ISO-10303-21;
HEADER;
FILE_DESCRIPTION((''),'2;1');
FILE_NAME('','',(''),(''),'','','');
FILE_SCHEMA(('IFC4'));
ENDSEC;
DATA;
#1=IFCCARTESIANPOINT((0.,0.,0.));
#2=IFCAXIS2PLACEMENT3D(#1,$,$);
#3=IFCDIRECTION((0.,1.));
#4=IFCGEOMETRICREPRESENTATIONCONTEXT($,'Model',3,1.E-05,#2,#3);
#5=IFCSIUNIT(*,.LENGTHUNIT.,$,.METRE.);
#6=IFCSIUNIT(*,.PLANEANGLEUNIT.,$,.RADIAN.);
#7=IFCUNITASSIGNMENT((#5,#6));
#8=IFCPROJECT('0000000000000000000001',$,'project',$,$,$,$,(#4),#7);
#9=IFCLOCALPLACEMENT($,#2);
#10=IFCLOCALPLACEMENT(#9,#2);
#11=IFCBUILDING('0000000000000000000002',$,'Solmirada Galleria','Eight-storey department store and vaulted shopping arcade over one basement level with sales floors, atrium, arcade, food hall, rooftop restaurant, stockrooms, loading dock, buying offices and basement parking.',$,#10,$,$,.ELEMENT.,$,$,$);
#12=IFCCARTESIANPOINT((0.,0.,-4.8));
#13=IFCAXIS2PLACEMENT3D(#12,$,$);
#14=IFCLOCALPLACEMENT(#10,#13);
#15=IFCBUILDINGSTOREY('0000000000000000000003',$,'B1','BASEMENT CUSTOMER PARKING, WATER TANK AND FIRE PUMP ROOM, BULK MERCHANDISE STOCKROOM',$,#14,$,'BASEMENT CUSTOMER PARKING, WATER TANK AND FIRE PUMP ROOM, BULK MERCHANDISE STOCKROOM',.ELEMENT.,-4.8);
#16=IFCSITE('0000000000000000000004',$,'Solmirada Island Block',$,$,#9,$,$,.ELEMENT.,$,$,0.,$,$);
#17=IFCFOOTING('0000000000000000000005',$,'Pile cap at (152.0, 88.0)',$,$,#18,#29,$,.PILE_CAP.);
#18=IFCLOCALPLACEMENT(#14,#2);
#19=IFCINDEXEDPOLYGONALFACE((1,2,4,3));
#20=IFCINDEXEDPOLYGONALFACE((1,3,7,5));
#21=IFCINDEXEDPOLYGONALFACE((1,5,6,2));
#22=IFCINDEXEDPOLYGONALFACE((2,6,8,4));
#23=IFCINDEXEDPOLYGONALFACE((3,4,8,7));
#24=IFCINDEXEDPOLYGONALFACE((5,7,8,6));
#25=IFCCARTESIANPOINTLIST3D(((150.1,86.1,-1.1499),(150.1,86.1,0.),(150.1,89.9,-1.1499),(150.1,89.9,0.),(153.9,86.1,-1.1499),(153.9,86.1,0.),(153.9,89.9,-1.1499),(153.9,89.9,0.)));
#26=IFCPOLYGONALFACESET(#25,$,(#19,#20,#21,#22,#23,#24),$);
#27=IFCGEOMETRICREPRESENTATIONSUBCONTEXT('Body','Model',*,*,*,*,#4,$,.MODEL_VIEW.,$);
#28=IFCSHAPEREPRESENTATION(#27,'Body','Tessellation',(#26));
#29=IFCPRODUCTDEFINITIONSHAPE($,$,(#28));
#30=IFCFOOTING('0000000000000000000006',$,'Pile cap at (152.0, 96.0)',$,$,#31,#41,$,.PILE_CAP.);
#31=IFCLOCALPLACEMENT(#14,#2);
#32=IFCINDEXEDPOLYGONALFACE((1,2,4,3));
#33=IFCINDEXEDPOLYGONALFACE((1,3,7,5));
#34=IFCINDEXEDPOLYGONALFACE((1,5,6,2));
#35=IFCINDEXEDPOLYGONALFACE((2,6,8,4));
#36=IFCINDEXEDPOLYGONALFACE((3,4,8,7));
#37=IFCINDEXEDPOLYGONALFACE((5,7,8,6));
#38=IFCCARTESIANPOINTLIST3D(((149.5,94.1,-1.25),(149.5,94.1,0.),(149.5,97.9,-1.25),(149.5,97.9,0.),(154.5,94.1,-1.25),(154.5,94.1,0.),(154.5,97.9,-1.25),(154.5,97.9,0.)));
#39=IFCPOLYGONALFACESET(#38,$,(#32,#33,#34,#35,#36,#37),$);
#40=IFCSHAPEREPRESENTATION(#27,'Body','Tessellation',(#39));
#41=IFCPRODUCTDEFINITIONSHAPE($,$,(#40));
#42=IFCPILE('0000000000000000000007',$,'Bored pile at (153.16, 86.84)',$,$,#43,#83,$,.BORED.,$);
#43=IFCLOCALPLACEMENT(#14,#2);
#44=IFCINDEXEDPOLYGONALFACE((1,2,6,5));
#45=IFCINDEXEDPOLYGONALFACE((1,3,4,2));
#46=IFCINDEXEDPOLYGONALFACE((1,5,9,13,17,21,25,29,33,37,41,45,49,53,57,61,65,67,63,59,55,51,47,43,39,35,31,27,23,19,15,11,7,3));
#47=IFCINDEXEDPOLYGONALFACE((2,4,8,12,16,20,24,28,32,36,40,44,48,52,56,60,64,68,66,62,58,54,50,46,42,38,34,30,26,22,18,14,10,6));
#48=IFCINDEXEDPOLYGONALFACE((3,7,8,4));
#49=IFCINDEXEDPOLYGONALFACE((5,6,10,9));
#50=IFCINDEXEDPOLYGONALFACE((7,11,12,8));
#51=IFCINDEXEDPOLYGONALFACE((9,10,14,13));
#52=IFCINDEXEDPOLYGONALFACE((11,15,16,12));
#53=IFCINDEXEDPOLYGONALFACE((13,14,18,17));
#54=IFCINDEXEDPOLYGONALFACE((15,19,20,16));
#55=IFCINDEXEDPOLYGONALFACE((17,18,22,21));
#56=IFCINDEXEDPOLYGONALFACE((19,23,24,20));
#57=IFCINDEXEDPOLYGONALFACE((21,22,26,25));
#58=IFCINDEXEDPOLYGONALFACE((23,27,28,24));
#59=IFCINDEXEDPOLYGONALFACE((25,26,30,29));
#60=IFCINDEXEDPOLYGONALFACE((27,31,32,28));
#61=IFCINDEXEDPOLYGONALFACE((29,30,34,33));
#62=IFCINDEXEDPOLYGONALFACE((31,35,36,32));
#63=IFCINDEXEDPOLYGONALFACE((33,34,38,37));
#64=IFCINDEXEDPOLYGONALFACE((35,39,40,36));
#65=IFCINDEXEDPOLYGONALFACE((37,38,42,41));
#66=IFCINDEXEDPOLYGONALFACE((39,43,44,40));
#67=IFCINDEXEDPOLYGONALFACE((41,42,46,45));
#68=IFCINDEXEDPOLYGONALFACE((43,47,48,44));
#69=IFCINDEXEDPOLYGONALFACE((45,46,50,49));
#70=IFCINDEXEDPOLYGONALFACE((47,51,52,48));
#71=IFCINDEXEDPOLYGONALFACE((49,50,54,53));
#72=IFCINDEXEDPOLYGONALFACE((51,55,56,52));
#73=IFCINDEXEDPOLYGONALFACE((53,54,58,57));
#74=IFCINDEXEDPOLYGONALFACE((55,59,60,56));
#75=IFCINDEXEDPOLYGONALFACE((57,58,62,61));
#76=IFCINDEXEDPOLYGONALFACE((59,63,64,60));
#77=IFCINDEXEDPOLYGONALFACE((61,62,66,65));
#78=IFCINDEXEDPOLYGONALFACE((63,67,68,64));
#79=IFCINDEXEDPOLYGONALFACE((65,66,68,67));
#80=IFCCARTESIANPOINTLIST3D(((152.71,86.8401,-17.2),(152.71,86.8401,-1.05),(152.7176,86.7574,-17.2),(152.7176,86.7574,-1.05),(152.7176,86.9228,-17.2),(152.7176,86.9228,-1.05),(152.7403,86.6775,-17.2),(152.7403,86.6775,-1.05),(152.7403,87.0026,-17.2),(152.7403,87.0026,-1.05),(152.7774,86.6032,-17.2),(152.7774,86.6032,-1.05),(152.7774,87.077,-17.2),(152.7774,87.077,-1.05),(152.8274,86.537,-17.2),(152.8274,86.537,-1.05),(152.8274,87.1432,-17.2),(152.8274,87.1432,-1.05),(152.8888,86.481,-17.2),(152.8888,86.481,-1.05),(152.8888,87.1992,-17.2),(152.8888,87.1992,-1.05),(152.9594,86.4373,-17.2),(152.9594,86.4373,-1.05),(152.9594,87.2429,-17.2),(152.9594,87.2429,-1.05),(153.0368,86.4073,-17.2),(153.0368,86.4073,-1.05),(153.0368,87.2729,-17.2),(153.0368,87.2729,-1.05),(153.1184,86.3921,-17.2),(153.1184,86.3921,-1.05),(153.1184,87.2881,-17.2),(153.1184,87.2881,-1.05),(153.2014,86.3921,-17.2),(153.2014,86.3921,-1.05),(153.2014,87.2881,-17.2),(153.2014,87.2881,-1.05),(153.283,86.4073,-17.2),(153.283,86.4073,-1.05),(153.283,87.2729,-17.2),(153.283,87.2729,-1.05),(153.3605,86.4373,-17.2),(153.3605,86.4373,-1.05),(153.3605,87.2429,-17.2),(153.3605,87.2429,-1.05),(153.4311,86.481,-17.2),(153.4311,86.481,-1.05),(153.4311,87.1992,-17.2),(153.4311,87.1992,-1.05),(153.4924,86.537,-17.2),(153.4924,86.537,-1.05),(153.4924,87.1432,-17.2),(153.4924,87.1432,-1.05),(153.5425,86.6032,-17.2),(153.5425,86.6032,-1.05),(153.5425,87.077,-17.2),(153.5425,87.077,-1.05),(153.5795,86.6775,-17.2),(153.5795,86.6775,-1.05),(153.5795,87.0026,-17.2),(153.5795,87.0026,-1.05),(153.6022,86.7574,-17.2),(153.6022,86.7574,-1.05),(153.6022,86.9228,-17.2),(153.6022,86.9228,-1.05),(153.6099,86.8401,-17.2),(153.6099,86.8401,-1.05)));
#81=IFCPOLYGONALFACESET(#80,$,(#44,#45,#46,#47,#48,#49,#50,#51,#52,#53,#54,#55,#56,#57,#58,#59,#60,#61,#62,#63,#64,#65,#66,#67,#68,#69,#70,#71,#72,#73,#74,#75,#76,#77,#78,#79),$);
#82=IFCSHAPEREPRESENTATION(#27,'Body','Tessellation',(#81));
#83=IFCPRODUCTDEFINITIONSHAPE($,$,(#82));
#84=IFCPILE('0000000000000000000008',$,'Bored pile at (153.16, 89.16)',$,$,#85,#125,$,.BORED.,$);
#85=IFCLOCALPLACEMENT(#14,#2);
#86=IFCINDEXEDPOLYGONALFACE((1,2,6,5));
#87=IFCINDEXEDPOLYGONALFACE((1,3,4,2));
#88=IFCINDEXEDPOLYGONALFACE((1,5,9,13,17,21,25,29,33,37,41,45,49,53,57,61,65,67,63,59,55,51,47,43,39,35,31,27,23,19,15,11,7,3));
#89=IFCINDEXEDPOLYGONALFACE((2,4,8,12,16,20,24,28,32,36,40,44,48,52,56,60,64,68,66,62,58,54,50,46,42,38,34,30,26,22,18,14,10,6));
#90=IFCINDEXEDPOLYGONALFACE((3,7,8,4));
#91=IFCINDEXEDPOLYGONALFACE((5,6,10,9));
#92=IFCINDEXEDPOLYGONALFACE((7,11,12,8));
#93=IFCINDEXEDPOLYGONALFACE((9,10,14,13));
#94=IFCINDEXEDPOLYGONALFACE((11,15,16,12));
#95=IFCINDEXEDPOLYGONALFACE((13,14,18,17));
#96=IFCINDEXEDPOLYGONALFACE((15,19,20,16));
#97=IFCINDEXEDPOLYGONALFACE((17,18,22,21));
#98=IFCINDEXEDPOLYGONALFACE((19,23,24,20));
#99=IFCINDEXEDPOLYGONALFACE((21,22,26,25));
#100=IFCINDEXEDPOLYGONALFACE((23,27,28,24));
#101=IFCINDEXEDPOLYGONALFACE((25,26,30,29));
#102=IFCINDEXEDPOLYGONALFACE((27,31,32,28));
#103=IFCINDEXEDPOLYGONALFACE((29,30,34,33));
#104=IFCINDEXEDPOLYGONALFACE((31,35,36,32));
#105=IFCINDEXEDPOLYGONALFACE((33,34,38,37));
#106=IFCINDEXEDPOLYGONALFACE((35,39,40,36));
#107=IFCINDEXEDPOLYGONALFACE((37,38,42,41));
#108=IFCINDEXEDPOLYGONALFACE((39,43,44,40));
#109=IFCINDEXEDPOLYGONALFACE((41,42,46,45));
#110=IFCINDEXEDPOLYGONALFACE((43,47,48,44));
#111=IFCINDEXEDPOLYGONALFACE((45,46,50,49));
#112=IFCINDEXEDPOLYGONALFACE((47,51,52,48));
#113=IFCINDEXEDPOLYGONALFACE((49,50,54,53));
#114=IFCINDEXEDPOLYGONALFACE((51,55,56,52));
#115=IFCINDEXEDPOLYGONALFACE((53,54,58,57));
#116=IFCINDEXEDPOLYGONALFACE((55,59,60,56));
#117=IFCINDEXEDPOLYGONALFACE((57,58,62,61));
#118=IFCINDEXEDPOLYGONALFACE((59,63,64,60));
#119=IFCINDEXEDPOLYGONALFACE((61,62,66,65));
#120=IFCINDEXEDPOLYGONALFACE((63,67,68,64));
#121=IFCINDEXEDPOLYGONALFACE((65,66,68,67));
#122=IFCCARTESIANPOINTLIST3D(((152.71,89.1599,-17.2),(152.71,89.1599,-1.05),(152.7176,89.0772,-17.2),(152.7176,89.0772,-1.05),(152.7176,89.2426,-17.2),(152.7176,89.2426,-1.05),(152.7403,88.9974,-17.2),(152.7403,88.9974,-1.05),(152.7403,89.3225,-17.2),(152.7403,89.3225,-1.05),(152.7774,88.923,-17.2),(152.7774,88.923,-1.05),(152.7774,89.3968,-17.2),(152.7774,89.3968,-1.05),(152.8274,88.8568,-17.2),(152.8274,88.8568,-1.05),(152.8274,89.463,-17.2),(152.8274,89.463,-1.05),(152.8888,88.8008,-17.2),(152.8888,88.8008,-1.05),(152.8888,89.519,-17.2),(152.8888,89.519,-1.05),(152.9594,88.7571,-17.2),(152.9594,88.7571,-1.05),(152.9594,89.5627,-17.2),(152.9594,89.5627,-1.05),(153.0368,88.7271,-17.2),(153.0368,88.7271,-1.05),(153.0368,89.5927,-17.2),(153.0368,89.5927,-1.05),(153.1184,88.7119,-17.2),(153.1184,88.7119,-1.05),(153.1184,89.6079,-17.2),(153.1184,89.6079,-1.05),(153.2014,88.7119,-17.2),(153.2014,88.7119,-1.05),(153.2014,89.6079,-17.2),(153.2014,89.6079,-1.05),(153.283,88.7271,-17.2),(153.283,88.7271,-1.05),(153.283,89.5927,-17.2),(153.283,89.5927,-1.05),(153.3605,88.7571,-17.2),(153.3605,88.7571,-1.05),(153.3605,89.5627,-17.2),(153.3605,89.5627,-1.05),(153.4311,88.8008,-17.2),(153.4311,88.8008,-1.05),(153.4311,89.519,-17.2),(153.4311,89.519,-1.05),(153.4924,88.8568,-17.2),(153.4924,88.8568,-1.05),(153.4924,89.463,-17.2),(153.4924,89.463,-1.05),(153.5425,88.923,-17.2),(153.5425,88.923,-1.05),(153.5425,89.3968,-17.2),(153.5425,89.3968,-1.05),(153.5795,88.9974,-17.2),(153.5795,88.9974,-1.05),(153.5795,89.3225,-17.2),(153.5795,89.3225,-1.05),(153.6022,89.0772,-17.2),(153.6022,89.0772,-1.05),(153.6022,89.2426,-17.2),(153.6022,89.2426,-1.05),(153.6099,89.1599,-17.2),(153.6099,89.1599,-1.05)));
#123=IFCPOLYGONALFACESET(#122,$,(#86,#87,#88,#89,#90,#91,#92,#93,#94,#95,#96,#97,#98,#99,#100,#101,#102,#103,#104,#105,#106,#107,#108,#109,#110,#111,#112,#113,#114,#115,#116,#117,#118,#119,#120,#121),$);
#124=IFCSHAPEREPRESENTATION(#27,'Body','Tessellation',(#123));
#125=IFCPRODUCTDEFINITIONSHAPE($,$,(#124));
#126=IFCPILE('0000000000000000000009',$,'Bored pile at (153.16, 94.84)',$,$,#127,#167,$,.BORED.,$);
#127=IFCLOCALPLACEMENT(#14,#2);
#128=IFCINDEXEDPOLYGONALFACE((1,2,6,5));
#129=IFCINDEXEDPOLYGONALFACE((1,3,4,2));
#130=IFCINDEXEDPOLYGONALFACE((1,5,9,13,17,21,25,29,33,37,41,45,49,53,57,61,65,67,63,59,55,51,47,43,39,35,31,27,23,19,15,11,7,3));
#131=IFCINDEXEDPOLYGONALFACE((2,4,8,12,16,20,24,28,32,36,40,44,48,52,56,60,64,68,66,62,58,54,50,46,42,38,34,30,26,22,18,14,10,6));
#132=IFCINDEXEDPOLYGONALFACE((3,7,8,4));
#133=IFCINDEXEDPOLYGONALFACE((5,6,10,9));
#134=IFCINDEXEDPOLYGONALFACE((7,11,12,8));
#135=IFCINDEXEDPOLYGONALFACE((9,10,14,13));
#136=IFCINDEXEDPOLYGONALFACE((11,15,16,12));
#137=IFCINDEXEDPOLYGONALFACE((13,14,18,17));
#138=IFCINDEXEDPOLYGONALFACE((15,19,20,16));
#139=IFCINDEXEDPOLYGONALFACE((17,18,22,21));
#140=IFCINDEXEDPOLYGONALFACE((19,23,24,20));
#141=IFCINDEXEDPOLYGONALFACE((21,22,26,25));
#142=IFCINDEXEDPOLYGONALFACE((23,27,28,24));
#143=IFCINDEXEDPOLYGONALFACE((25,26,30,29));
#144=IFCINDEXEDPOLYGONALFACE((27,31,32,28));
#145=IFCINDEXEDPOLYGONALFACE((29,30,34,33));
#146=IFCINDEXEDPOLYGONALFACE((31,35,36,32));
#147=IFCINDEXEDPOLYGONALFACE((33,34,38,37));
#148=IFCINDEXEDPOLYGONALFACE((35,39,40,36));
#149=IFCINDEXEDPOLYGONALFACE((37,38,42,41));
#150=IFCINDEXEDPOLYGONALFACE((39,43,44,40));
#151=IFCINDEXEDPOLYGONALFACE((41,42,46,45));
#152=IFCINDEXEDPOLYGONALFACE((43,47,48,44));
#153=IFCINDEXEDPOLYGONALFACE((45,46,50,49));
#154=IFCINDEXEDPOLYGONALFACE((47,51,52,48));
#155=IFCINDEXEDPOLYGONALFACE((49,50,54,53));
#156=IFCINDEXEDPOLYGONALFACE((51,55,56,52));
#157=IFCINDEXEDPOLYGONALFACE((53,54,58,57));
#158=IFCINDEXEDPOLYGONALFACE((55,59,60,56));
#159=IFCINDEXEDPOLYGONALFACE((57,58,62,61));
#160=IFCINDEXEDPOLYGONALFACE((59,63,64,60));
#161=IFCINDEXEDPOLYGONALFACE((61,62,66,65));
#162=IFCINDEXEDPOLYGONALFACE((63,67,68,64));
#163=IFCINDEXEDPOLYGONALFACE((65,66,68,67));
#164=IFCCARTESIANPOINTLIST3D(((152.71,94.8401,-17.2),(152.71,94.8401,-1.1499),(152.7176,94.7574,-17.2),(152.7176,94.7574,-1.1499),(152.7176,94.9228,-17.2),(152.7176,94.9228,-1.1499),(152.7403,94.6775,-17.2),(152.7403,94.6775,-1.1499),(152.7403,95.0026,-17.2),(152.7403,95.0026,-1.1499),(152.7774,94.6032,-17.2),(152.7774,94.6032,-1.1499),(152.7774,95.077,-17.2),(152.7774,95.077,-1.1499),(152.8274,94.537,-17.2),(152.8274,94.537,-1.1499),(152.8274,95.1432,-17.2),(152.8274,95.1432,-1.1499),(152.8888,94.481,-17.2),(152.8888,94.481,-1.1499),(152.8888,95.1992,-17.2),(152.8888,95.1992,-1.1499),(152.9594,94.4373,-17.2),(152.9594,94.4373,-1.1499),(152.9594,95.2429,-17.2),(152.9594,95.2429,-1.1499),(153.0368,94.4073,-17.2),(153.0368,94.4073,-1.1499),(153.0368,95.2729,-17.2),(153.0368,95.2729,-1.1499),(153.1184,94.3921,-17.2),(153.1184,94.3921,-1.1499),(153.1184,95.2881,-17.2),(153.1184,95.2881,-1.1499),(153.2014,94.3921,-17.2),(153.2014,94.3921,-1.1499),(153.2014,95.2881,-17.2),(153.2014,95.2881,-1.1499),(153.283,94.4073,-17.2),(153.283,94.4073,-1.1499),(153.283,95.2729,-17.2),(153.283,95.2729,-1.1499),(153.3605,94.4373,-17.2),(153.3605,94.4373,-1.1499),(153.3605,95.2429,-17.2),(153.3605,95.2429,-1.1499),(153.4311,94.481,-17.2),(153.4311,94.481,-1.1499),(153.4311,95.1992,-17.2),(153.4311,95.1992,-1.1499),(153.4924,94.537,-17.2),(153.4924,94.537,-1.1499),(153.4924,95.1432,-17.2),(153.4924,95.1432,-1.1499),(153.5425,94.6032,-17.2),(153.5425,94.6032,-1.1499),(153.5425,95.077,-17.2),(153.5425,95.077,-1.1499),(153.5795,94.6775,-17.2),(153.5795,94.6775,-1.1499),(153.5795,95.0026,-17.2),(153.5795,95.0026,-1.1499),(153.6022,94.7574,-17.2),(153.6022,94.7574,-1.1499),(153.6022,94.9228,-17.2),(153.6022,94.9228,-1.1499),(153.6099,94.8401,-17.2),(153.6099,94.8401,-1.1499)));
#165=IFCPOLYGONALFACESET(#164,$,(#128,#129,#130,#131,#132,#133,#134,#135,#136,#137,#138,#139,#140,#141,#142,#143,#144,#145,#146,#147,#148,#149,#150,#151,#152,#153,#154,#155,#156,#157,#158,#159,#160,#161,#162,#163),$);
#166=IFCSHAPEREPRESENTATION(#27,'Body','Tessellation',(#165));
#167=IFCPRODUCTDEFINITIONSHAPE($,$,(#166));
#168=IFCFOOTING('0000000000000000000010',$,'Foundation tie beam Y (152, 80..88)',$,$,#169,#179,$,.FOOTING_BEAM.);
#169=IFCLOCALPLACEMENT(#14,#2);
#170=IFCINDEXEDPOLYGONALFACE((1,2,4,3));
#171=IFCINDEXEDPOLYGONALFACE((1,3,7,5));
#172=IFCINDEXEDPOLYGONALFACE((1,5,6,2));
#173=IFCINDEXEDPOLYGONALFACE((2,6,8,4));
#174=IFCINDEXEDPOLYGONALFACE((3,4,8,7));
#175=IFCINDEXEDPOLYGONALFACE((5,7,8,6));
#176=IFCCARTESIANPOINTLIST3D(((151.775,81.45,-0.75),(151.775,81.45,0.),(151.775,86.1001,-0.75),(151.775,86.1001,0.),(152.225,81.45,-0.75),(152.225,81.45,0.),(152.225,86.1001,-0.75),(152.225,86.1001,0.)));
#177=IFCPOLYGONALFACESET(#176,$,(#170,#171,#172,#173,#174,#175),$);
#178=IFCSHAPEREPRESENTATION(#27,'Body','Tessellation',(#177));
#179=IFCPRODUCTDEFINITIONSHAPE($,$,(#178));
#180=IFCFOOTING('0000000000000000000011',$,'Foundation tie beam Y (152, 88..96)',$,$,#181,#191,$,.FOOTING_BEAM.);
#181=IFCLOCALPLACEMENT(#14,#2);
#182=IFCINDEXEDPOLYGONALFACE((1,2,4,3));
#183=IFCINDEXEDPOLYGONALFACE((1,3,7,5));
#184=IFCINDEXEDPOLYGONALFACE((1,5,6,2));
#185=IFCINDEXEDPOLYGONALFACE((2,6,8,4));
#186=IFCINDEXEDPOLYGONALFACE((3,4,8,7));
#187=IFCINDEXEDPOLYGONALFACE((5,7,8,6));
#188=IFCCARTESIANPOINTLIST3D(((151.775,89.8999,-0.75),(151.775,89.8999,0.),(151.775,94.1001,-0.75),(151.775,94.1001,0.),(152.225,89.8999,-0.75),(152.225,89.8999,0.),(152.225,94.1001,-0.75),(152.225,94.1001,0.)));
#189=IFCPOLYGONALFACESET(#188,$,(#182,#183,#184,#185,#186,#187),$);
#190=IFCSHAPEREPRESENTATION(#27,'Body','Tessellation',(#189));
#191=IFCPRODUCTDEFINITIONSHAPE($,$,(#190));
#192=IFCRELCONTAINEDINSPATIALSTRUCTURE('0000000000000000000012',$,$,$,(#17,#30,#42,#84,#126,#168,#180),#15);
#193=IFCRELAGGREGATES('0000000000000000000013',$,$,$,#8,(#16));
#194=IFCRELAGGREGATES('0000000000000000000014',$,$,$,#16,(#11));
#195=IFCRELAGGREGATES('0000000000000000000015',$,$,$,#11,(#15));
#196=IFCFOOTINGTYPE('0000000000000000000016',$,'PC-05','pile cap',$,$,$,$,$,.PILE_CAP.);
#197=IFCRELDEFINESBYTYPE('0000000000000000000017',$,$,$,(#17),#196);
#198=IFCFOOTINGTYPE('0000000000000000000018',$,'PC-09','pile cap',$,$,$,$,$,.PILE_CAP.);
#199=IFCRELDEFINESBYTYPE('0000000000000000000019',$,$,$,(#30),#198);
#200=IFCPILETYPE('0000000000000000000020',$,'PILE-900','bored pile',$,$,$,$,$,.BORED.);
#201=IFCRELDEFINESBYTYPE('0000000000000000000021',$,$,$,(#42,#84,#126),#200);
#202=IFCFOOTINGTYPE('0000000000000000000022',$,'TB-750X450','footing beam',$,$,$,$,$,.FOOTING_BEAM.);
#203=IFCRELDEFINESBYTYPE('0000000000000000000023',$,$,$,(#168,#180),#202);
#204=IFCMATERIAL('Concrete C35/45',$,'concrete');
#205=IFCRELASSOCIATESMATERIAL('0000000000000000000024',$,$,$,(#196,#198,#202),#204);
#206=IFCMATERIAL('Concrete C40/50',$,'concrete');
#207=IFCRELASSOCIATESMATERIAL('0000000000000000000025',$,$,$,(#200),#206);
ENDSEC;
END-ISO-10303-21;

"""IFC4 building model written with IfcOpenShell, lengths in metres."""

from ifc_helpers import new_model, si_unit, direction, frame, origin, origin_2d, place, context, subcontext, project, spatial, rectangle, circle, extrude, material, material_profile, profile_set, type_object, element, save


model = new_model("IFC4")

# Units and contexts
model_context = context("Model", 3, precision=1e-05, world=origin(), true_north=direction((0.0, 1.0)))
body_context = subcontext(model_context, "Body", "Model", "MODEL_VIEW")
ifc_project = project(units=[si_unit("LENGTHUNIT", "METRE"), si_unit("PLANEANGLEUNIT", "RADIAN")], contexts=[model_context])

# Site, building, storey
site_placement = place(None, origin())
site = spatial("IfcSite", under=ifc_project, at=site_placement, Name="Solmirada Island Block", CompositionType="ELEMENT", RefElevation=0.0)
building_placement = place(site_placement, origin())
building = spatial("IfcBuilding", under=site, at=building_placement, Name="Solmirada Galleria", Description="Eight-storey department store and vaulted shopping arcade over one basement level with sales floors, atrium, arcade, food hall, rooftop restaurant, stockrooms, loading dock, buying offices and basement parking.", CompositionType="ELEMENT")
storey_placement = place(building_placement, frame((0.0, 0.0, -4.8)))
storey = spatial("IfcBuildingStorey", under=building, at=storey_placement, Name="B1", Description="BASEMENT CUSTOMER PARKING, WATER TANK AND FIRE PUMP ROOM, BULK MERCHANDISE STOCKROOM", LongName="BASEMENT CUSTOMER PARKING, WATER TANK AND FIRE PUMP ROOM, BULK MERCHANDISE STOCKROOM", CompositionType="ELEMENT", Elevation=-4.8)

# Footings
ifc_material_1 = material(Name="Concrete C35/45", Category="concrete")
footing_type_1 = type_object("IfcFootingType", Name="PC-05", Description="pile cap", PredefinedType="PILE_CAP", material=ifc_material_1)
footing_1_placement = place(storey_placement, frame((152.0, 88.0, -1.1499), z_axis=(0.0, 0.0, 1.0), x_axis=(1.0, 0.0, 0.0)))
element("IfcFooting", 1, at=footing_1_placement, inside=storey, type_object=footing_type_1, Name="Pile cap at (152.0, 88.0)", PredefinedType="PILE_CAP", context=body_context, shape_type="SweptSolid", body=[
    extrude(rectangle(XDim=3.8, YDim=3.8, at=origin_2d()), origin(), (0.0, 0.0, 1.0), 1.1499),
])
footing_type_2 = type_object("IfcFootingType", Name="PC-09", Description="pile cap", PredefinedType="PILE_CAP", material=ifc_material_1)
footing_2_placement = place(storey_placement, frame((152.0, 96.0, -1.25), z_axis=(0.0, 0.0, 1.0), x_axis=(1.0, 0.0, 0.0)))
element("IfcFooting", 2, at=footing_2_placement, inside=storey, type_object=footing_type_2, Name="Pile cap at (152.0, 96.0)", PredefinedType="PILE_CAP", context=body_context, shape_type="SweptSolid", body=[
    extrude(rectangle(XDim=5.0, YDim=3.8, at=origin_2d()), origin(), (0.0, 0.0, 1.0), 1.25),
])

# Piles
ifc_material_2 = material(Name="Concrete C40/50", Category="concrete")
ifc_material_profile_1 = material_profile(ifc_material_2, circle(Radius=0.45, at=origin_2d()), Name="PILE900")
ifc_profile_set_1 = profile_set([ifc_material_profile_1], Name="Concrete C40/50")
pile_type = type_object("IfcPileType", Name="PILE-900", Description="bored pile", PredefinedType="BORED", material=ifc_profile_set_1)
for number, where, z_axis, x_axis, name in (
    (3, (153.1599, 86.8401, -1.05), (0.0, 0.0, -1.0), (1.0, 0.0, 0.0), "Bored pile at (153.16, 86.84)"),
    (4, (153.1599, 89.1599, -1.05), (0.0, 0.0, -1.0), (1.0, 0.0, 0.0), "Bored pile at (153.16, 89.16)"),
):
    element("IfcPile", number, at=place(storey_placement, frame(where, z_axis=z_axis, x_axis=x_axis)), inside=storey, type_object=pile_type, Name=name, PredefinedType="BORED", context=body_context, shape_type="SweptSolid", body=[
        extrude(circle(Radius=0.45, at=origin_2d()), origin(), (0.0, 0.0, 1.0), 16.1499),
    ])
pile_placement = place(storey_placement, frame((153.1599, 94.8401, -1.1499), z_axis=(0.0, 0.0, -1.0), x_axis=(1.0, 0.0, 0.0)))
element("IfcPile", 5, at=pile_placement, inside=storey, type_object=pile_type, Name="Bored pile at (153.16, 94.84)", PredefinedType="BORED", context=body_context, shape_type="SweptSolid", body=[
    extrude(circle(Radius=0.45, at=origin_2d()), origin(), (0.0, 0.0, 1.0), 16.05),
])

# Footings
ifc_material_profile_2 = material_profile(ifc_material_1, rectangle(XDim=0.45, YDim=0.75, at=origin_2d()), Name="RC750X450")
ifc_profile_set_2 = profile_set([ifc_material_profile_2], Name="Concrete C35/45")
footing_type_3 = type_object("IfcFootingType", Name="TB-750X450", Description="footing beam", PredefinedType="FOOTING_BEAM", material=ifc_profile_set_2)
footing_3_placement = place(storey_placement, frame((152.0, 81.45, -0.375), z_axis=(0.0, 1.0, 0.0), x_axis=(-1.0, 0.0, 0.0)))
element("IfcFooting", 6, at=footing_3_placement, inside=storey, type_object=footing_type_3, Name="Foundation tie beam Y (152, 80..88)", PredefinedType="FOOTING_BEAM", context=body_context, shape_type="SweptSolid", body=[
    extrude(rectangle(XDim=0.45, YDim=0.75, at=origin_2d()), origin(), (0.0, 0.0, 1.0), 4.6501),
])
footing_4_placement = place(storey_placement, frame((152.0, 89.8999, -0.375), z_axis=(0.0, 1.0, 0.0), x_axis=(-1.0, 0.0, 0.0)))
element("IfcFooting", 7, at=footing_4_placement, inside=storey, type_object=footing_type_3, Name="Foundation tie beam Y (152, 88..96)", PredefinedType="FOOTING_BEAM", context=body_context, shape_type="SweptSolid", body=[
    extrude(rectangle(XDim=0.45, YDim=0.75, at=origin_2d()), origin(), (0.0, 0.0, 1.0), 4.2002),
])

save(model, "model.ifc")
